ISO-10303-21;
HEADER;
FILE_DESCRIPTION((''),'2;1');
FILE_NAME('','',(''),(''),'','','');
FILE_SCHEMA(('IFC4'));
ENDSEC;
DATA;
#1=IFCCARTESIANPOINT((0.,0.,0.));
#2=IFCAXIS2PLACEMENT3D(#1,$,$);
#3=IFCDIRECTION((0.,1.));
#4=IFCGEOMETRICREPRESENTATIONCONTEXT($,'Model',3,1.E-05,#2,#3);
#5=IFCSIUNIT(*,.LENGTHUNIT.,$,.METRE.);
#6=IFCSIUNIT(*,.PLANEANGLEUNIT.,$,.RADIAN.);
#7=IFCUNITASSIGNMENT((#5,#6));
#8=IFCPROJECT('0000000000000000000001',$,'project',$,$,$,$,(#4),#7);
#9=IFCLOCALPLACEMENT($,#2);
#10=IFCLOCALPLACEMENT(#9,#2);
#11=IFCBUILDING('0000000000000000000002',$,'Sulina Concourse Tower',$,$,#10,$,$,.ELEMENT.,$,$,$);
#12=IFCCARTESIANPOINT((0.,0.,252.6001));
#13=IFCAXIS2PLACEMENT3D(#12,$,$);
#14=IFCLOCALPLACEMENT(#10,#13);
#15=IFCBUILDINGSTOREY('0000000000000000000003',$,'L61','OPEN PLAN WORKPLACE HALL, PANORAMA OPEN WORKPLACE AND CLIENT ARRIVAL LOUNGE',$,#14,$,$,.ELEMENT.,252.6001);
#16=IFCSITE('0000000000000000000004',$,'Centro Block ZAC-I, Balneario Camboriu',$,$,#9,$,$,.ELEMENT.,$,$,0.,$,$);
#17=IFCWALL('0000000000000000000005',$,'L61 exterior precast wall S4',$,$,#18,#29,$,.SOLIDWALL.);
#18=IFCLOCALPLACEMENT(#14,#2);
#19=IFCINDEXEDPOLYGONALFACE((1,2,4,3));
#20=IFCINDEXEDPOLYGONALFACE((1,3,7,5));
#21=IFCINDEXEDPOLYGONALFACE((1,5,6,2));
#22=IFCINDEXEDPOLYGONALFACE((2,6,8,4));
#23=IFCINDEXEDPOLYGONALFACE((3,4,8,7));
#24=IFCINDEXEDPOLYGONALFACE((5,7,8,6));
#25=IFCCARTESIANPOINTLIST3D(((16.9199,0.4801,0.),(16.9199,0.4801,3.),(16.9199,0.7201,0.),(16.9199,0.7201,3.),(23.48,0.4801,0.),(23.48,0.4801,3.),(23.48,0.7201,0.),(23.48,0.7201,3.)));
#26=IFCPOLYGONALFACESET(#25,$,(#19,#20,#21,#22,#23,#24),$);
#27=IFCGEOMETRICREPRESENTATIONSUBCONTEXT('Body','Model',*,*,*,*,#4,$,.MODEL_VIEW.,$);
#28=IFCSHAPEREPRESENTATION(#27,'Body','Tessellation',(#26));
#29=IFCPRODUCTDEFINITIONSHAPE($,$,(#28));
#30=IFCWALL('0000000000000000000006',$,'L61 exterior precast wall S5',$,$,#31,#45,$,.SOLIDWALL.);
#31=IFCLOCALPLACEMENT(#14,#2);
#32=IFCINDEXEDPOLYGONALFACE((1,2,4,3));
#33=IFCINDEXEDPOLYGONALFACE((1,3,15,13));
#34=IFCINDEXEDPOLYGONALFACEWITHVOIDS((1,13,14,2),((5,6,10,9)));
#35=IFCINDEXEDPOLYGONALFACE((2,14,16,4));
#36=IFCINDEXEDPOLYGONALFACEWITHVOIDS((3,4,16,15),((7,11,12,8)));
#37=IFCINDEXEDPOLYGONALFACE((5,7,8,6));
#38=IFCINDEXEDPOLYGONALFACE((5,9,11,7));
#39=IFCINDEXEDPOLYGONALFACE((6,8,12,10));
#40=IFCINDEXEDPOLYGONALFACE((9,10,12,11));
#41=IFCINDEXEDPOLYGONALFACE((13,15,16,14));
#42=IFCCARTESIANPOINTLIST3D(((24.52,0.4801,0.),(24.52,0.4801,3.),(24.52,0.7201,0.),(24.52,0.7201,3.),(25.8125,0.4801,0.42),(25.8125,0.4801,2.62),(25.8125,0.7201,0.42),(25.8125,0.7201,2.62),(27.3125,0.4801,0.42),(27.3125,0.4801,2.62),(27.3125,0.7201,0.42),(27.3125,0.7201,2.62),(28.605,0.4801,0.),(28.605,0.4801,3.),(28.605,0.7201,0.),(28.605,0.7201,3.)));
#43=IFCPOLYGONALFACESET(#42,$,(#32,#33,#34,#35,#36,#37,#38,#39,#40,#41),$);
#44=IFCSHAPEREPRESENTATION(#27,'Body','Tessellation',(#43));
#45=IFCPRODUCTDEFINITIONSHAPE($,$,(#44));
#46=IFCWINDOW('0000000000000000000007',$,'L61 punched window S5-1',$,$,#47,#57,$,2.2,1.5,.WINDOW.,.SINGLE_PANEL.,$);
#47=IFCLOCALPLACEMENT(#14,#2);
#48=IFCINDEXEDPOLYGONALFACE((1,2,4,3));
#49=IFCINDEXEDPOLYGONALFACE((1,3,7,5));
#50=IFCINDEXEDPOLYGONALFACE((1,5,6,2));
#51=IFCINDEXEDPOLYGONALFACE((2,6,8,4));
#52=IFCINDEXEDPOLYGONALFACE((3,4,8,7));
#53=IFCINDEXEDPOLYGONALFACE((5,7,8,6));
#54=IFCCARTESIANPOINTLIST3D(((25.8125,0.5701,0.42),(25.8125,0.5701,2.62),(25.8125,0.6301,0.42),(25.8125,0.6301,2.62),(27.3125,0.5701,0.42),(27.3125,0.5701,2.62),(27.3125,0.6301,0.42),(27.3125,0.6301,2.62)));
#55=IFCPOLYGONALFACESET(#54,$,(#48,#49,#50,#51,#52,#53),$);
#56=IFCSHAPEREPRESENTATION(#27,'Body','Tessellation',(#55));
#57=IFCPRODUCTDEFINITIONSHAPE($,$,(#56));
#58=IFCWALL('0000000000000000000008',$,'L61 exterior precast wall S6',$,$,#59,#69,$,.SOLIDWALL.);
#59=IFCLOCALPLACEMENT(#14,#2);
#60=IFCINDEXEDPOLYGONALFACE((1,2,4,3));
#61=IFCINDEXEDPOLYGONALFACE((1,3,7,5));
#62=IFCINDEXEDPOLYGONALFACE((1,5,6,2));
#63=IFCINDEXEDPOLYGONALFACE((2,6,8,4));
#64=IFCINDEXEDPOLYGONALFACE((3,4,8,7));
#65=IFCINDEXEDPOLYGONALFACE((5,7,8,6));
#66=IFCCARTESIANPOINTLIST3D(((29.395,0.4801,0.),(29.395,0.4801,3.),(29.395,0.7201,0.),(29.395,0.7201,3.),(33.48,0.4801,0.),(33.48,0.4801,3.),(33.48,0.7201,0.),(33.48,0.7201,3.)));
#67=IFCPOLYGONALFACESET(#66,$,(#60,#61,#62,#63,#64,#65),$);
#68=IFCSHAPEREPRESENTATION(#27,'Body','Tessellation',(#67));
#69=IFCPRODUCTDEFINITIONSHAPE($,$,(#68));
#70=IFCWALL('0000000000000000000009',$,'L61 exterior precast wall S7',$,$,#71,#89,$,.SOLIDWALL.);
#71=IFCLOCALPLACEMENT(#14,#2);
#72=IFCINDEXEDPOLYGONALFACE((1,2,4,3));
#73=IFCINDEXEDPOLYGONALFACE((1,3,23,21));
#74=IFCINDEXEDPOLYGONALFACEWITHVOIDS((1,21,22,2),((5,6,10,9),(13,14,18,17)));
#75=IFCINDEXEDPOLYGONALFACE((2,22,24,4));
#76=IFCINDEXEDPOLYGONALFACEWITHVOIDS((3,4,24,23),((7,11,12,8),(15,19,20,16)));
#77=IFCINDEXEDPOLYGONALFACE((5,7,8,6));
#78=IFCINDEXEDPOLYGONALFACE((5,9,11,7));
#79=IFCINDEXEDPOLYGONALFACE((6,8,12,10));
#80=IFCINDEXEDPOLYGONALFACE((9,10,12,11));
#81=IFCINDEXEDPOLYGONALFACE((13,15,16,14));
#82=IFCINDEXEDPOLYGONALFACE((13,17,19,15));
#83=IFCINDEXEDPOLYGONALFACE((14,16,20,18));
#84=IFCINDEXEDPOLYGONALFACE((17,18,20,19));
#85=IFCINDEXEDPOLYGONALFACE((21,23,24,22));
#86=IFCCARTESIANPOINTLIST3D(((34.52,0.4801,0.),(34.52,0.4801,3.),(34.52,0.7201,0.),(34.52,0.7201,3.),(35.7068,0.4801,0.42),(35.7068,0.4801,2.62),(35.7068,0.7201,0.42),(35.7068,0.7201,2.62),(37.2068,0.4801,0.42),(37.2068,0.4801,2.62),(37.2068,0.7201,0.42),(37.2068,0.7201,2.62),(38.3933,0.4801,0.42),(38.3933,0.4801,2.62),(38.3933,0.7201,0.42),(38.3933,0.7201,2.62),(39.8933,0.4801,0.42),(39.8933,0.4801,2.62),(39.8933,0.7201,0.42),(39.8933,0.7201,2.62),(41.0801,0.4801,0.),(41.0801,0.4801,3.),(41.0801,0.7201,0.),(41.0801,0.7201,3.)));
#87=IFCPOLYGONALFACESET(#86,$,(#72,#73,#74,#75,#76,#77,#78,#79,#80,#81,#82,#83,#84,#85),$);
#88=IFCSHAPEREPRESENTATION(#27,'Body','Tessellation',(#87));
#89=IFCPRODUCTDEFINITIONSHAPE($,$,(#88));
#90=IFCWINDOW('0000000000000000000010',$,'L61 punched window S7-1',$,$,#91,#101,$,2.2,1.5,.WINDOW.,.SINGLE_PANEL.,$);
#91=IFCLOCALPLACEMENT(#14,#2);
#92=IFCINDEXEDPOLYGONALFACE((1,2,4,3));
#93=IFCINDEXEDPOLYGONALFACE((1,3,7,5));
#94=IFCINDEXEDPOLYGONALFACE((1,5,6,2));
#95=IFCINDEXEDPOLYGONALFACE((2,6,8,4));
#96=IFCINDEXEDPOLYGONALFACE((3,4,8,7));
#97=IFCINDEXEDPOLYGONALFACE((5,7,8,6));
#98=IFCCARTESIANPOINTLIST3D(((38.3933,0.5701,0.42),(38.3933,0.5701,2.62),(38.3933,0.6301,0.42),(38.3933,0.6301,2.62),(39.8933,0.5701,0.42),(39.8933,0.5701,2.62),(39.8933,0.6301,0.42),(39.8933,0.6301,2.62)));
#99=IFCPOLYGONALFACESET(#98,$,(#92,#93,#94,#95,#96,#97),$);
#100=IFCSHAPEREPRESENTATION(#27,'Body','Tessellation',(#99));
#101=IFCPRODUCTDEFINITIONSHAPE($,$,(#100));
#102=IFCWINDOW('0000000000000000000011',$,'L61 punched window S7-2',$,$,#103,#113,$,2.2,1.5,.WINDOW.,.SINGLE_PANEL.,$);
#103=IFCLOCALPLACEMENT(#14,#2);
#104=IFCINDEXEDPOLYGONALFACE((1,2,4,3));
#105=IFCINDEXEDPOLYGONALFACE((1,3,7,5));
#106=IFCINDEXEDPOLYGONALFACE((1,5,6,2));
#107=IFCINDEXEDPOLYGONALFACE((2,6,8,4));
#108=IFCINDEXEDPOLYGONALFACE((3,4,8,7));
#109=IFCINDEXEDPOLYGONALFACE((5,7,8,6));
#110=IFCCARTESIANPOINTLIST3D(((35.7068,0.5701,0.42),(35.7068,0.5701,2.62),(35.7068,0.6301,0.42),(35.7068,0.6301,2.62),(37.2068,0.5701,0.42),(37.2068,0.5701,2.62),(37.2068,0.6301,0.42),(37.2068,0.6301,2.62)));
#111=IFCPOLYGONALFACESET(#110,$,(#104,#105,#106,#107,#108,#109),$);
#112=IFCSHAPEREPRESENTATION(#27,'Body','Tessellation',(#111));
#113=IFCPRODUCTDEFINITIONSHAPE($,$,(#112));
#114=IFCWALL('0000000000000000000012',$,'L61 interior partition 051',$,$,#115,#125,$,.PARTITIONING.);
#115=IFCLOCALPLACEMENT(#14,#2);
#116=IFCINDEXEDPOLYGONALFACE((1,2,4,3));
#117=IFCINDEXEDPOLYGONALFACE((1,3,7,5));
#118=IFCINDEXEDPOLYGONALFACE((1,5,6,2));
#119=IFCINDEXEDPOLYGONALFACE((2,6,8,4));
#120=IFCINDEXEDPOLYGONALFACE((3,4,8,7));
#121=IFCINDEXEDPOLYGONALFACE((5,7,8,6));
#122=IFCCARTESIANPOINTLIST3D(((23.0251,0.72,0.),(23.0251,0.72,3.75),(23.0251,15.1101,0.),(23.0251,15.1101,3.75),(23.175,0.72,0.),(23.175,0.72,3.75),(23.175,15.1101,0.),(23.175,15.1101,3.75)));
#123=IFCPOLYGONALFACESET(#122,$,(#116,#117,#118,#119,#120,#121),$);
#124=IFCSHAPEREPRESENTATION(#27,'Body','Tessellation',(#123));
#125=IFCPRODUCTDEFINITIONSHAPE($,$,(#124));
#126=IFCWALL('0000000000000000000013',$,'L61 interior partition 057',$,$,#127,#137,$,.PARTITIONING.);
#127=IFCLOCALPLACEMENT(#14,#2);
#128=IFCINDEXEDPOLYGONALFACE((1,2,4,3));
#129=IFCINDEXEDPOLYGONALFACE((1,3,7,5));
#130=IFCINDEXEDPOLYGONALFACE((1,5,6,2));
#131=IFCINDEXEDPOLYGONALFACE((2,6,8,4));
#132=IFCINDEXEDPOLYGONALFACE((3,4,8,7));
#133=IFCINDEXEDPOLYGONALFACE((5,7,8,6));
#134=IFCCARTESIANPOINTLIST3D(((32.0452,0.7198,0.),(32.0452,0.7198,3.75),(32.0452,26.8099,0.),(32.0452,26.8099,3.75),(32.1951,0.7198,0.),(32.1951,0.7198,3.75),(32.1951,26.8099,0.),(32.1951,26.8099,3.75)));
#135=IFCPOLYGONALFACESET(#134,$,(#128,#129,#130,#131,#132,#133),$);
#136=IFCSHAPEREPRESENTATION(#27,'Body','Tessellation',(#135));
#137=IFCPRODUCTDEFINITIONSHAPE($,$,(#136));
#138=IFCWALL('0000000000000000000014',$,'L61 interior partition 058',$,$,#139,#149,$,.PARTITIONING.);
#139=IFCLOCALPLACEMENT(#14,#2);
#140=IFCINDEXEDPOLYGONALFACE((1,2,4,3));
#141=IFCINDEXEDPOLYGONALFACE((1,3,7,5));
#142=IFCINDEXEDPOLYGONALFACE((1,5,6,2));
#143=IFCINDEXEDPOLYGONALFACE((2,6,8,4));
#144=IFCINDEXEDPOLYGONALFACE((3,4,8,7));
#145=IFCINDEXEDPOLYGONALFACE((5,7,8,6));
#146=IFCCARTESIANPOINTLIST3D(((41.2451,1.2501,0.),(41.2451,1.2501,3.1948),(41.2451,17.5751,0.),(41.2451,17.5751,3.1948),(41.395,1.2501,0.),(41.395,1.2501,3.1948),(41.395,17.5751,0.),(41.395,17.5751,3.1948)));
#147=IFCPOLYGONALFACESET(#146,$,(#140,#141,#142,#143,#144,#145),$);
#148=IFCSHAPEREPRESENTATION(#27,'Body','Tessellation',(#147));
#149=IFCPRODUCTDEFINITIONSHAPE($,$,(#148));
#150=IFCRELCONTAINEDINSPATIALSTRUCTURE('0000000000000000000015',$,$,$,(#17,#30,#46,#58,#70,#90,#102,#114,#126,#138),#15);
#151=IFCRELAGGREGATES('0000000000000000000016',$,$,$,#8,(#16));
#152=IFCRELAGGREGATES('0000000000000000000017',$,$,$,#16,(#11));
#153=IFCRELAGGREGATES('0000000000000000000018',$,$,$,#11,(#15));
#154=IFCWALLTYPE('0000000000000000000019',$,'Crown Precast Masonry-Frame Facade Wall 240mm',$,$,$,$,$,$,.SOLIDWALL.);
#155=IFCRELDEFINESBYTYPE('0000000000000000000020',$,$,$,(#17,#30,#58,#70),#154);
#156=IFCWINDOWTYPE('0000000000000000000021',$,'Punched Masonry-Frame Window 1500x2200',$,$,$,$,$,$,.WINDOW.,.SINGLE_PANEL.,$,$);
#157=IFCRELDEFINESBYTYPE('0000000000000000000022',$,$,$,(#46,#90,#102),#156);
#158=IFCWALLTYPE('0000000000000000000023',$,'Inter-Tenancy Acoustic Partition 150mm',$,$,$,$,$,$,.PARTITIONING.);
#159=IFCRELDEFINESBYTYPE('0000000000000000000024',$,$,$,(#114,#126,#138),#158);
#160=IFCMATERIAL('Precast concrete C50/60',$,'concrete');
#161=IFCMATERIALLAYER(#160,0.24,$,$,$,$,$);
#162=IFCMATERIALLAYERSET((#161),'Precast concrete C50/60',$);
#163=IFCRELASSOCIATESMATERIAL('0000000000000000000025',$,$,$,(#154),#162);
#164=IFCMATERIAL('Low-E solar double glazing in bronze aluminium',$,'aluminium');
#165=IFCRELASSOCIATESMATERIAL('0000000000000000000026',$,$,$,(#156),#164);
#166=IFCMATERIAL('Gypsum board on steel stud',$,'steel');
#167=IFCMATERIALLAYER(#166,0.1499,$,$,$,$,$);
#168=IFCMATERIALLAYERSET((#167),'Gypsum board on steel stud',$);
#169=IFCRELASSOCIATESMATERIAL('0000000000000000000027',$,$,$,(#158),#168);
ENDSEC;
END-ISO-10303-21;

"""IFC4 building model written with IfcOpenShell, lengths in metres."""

from ifc_helpers import new_model, si_unit, direction, frame, frame_2d, origin, place, context, subcontext, project, spatial, rectangle, extrude, material, layer, layer_set, type_object, element, fill, save


model = new_model("IFC4")

# Units and contexts
model_context = context("Model", 3, precision=1e-05, world=origin(), true_north=direction((0.0, 1.0)))
body_context = subcontext(model_context, "Body", "Model", "MODEL_VIEW")
ifc_project = project(units=[si_unit("LENGTHUNIT", "METRE"), si_unit("PLANEANGLEUNIT", "RADIAN")], contexts=[model_context])

# Site, building, storey
site_placement = place(None, origin())
site = spatial("IfcSite", under=ifc_project, at=site_placement, Name="Centro Block ZAC-I, Balneario Camboriu", CompositionType="ELEMENT", RefElevation=0.0)
building_placement = place(site_placement, origin())
building = spatial("IfcBuilding", under=site, at=building_placement, Name="Sulina Concourse Tower", CompositionType="ELEMENT")
storey_placement = place(building_placement, frame((0.0, 0.0, 252.6001)))
storey = spatial("IfcBuildingStorey", under=building, at=storey_placement, Name="L61", Description="OPEN PLAN WORKPLACE HALL, PANORAMA OPEN WORKPLACE AND CLIENT ARRIVAL LOUNGE", CompositionType="ELEMENT", Elevation=252.6001)

# Wall
ifc_material_1 = material(Name="Precast concrete C50/60", Category="concrete")
ifc_layer_1 = layer(ifc_material_1, 0.24)
ifc_layer_set_1 = layer_set([ifc_layer_1], Name="Precast concrete C50/60")
wall_type_1 = type_object("IfcWallType", Name="Crown Precast Masonry-Frame Facade Wall 240mm", PredefinedType="SOLIDWALL", material=ifc_layer_set_1)
wall_1_placement = place(storey_placement, frame((23.48, 0.6001, 0.0), z_axis=(0.0, 0.0, 1.0), x_axis=(-1.0, 0.0, 0.0)))
element("IfcWall", 1, at=wall_1_placement, inside=storey, type_object=wall_type_1, Name="L61 exterior precast wall S4", PredefinedType="SOLIDWALL", context=body_context, shape_type="SweptSolid", body=[
    extrude(rectangle(XDim=6.5601, YDim=0.24, at=frame_2d((3.28, 0.0))), origin(), (0.0, 0.0, 1.0), 3.0),
])

# Wall, opening, window
wall_2_placement = place(storey_placement, frame((28.605, 0.6001, 0.0), z_axis=(0.0, 0.0, 1.0), x_axis=(-1.0, 0.0, 0.0)))
wall_2 = element("IfcWall", 2, at=wall_2_placement, inside=storey, type_object=wall_type_1, Name="L61 exterior precast wall S5", PredefinedType="SOLIDWALL", context=body_context, shape_type="SweptSolid", body=[
    extrude(rectangle(XDim=4.085, YDim=0.24, at=frame_2d((2.0425, 0.0))), origin(), (0.0, 0.0, 1.0), 3.0),
])
opening_1_placement = place(wall_2_placement, frame((1.2925, 0.0, 0.4199)))
opening_1 = element("IfcOpeningElement", 3, at=opening_1_placement, cuts=wall_2, PredefinedType="OPENING", context=body_context, shape_type="SweptSolid", body=[
    extrude(rectangle(XDim=1.5, YDim=2.2, at=frame_2d((0.75, 1.1001))), frame((0.0, 0.1299, 0.0), z_axis=(0.0, -1.0, 0.0), x_axis=(1.0, 0.0, 0.0)), (0.0, 0.0, 1.0), 0.26),
])
ifc_material_2 = material(Name="Low-E solar double glazing in bronze aluminium", Category="aluminium")
window_type = type_object("IfcWindowType", Name="Punched Masonry-Frame Window 1500x2200", PartitioningType="SINGLE_PANEL", PredefinedType="WINDOW", material=ifc_material_2)
window_1_placement = place(opening_1_placement, origin())
window_1 = element("IfcWindow", 4, at=window_1_placement, inside=storey, type_object=window_type, Name="L61 punched window S5-1", OverallHeight=2.2, OverallWidth=1.5, PartitioningType="SINGLE_PANEL", PredefinedType="WINDOW", context=body_context, shape_type="SweptSolid", body=[
    extrude(rectangle(XDim=1.5, YDim=2.2, at=frame_2d((0.75, 1.1001))), frame((0.0, 0.03, 0.0), z_axis=(0.0, -1.0, 0.0), x_axis=(1.0, 0.0, 0.0)), (0.0, 0.0, 1.0), 0.0601),
])
fill(opening_1, window_1)

# Wall
wall_3_placement = place(storey_placement, frame((33.48, 0.6001, 0.0), z_axis=(0.0, 0.0, 1.0), x_axis=(-1.0, 0.0, 0.0)))
element("IfcWall", 5, at=wall_3_placement, inside=storey, type_object=wall_type_1, Name="L61 exterior precast wall S6", PredefinedType="SOLIDWALL", context=body_context, shape_type="SweptSolid", body=[
    extrude(rectangle(XDim=4.085, YDim=0.24, at=frame_2d((2.0425, 0.0))), origin(), (0.0, 0.0, 1.0), 3.0),
])

# Wall, openings, windows
wall_4_placement = place(storey_placement, frame((41.0801, 0.6001, 0.0), z_axis=(0.0, 0.0, 1.0), x_axis=(-1.0, 0.0, 0.0)))
wall_4 = element("IfcWall", 6, at=wall_4_placement, inside=storey, type_object=wall_type_1, Name="L61 exterior precast wall S7", PredefinedType="SOLIDWALL", context=body_context, shape_type="SweptSolid", body=[
    extrude(rectangle(XDim=6.5601, YDim=0.24, at=frame_2d((3.28, 0.0))), origin(), (0.0, 0.0, 1.0), 3.0),
])
opening_2_placement = place(wall_4_placement, frame((1.1868, 0.0, 0.4199)))
opening_2 = element("IfcOpeningElement", 7, at=opening_2_placement, cuts=wall_4, PredefinedType="OPENING", context=body_context, shape_type="SweptSolid", body=[
    extrude(rectangle(XDim=1.5, YDim=2.2, at=frame_2d((0.75, 1.1001))), frame((0.0, 0.1299, 0.0), z_axis=(0.0, -1.0, 0.0), x_axis=(1.0, 0.0, 0.0)), (0.0, 0.0, 1.0), 0.26),
])
opening_3_placement = place(wall_4_placement, frame((3.8733, 0.0, 0.4199)))
opening_3 = element("IfcOpeningElement", 8, at=opening_3_placement, cuts=wall_4, PredefinedType="OPENING", context=body_context, shape_type="SweptSolid", body=[
    extrude(rectangle(XDim=1.5, YDim=2.2, at=frame_2d((0.75, 1.1001))), frame((0.0, 0.1299, 0.0), z_axis=(0.0, -1.0, 0.0), x_axis=(1.0, 0.0, 0.0)), (0.0, 0.0, 1.0), 0.26),
])
window_2_placement = place(opening_2_placement, origin())
window_2 = element("IfcWindow", 9, at=window_2_placement, inside=storey, type_object=window_type, Name="L61 punched window S7-1", OverallHeight=2.2, OverallWidth=1.5, PartitioningType="SINGLE_PANEL", PredefinedType="WINDOW", context=body_context, shape_type="SweptSolid", body=[
    extrude(rectangle(XDim=1.5, YDim=2.2, at=frame_2d((0.75, 1.1001))), frame((0.0, 0.03, 0.0), z_axis=(0.0, -1.0, 0.0), x_axis=(1.0, 0.0, 0.0)), (0.0, 0.0, 1.0), 0.0601),
])
fill(opening_2, window_2)
window_3_placement = place(opening_3_placement, origin())
window_3 = element("IfcWindow", 10, at=window_3_placement, inside=storey, type_object=window_type, Name="L61 punched window S7-2", OverallHeight=2.2, OverallWidth=1.5, PartitioningType="SINGLE_PANEL", PredefinedType="WINDOW", context=body_context, shape_type="SweptSolid", body=[
    extrude(rectangle(XDim=1.5, YDim=2.2, at=frame_2d((0.75, 1.1001))), frame((0.0, 0.03, 0.0), z_axis=(0.0, -1.0, 0.0), x_axis=(1.0, 0.0, 0.0)), (0.0, 0.0, 1.0), 0.0601),
])
fill(opening_3, window_3)

# Walls
ifc_material_3 = material(Name="Gypsum board on steel stud", Category="steel")
ifc_layer_2 = layer(ifc_material_3, 0.1499)
ifc_layer_set_2 = layer_set([ifc_layer_2], Name="Gypsum board on steel stud")
wall_type_2 = type_object("IfcWallType", Name="Inter-Tenancy Acoustic Partition 150mm", PredefinedType="PARTITIONING", material=ifc_layer_set_2)
wall_5_placement = place(storey_placement, frame((23.1001, 0.72, 0.0), z_axis=(0.0, 0.0, 1.0), x_axis=(0.0, 1.0, 0.0)))
element("IfcWall", 11, at=wall_5_placement, inside=storey, type_object=wall_type_2, Name="L61 interior partition 051", PredefinedType="PARTITIONING", context=body_context, shape_type="SweptSolid", body=[
    extrude(rectangle(XDim=14.3901, YDim=0.1499, at=frame_2d((7.1951, 0.0))), origin(), (0.0, 0.0, 1.0), 3.75),
])
wall_6_placement = place(storey_placement, frame((32.1201, 0.72, 0.0), z_axis=(0.0, 0.0, 1.0), x_axis=(0.0, 1.0, 0.0)))
element("IfcWall", 12, at=wall_6_placement, inside=storey, type_object=wall_type_2, Name="L61 interior partition 057", PredefinedType="PARTITIONING", context=body_context, shape_type="SweptSolid", body=[
    extrude(rectangle(XDim=26.0901, YDim=0.1499, at=frame_2d((13.0449, 0.0))), origin(), (0.0, 0.0, 1.0), 3.75),
])
wall_7_placement = place(storey_placement, frame((41.3201, 1.25, 0.0), z_axis=(0.0, 0.0, 1.0), x_axis=(0.0, 1.0, 0.0)))
element("IfcWall", 13, at=wall_7_placement, inside=storey, type_object=wall_type_2, Name="L61 interior partition 058", PredefinedType="PARTITIONING", context=body_context, shape_type="SweptSolid", body=[
    extrude(rectangle(XDim=16.325, YDim=0.1499, at=frame_2d((8.1626, 0.0))), origin(), (0.0, 0.0, 1.0), 3.1948),
])

save(model, "model.ifc")
